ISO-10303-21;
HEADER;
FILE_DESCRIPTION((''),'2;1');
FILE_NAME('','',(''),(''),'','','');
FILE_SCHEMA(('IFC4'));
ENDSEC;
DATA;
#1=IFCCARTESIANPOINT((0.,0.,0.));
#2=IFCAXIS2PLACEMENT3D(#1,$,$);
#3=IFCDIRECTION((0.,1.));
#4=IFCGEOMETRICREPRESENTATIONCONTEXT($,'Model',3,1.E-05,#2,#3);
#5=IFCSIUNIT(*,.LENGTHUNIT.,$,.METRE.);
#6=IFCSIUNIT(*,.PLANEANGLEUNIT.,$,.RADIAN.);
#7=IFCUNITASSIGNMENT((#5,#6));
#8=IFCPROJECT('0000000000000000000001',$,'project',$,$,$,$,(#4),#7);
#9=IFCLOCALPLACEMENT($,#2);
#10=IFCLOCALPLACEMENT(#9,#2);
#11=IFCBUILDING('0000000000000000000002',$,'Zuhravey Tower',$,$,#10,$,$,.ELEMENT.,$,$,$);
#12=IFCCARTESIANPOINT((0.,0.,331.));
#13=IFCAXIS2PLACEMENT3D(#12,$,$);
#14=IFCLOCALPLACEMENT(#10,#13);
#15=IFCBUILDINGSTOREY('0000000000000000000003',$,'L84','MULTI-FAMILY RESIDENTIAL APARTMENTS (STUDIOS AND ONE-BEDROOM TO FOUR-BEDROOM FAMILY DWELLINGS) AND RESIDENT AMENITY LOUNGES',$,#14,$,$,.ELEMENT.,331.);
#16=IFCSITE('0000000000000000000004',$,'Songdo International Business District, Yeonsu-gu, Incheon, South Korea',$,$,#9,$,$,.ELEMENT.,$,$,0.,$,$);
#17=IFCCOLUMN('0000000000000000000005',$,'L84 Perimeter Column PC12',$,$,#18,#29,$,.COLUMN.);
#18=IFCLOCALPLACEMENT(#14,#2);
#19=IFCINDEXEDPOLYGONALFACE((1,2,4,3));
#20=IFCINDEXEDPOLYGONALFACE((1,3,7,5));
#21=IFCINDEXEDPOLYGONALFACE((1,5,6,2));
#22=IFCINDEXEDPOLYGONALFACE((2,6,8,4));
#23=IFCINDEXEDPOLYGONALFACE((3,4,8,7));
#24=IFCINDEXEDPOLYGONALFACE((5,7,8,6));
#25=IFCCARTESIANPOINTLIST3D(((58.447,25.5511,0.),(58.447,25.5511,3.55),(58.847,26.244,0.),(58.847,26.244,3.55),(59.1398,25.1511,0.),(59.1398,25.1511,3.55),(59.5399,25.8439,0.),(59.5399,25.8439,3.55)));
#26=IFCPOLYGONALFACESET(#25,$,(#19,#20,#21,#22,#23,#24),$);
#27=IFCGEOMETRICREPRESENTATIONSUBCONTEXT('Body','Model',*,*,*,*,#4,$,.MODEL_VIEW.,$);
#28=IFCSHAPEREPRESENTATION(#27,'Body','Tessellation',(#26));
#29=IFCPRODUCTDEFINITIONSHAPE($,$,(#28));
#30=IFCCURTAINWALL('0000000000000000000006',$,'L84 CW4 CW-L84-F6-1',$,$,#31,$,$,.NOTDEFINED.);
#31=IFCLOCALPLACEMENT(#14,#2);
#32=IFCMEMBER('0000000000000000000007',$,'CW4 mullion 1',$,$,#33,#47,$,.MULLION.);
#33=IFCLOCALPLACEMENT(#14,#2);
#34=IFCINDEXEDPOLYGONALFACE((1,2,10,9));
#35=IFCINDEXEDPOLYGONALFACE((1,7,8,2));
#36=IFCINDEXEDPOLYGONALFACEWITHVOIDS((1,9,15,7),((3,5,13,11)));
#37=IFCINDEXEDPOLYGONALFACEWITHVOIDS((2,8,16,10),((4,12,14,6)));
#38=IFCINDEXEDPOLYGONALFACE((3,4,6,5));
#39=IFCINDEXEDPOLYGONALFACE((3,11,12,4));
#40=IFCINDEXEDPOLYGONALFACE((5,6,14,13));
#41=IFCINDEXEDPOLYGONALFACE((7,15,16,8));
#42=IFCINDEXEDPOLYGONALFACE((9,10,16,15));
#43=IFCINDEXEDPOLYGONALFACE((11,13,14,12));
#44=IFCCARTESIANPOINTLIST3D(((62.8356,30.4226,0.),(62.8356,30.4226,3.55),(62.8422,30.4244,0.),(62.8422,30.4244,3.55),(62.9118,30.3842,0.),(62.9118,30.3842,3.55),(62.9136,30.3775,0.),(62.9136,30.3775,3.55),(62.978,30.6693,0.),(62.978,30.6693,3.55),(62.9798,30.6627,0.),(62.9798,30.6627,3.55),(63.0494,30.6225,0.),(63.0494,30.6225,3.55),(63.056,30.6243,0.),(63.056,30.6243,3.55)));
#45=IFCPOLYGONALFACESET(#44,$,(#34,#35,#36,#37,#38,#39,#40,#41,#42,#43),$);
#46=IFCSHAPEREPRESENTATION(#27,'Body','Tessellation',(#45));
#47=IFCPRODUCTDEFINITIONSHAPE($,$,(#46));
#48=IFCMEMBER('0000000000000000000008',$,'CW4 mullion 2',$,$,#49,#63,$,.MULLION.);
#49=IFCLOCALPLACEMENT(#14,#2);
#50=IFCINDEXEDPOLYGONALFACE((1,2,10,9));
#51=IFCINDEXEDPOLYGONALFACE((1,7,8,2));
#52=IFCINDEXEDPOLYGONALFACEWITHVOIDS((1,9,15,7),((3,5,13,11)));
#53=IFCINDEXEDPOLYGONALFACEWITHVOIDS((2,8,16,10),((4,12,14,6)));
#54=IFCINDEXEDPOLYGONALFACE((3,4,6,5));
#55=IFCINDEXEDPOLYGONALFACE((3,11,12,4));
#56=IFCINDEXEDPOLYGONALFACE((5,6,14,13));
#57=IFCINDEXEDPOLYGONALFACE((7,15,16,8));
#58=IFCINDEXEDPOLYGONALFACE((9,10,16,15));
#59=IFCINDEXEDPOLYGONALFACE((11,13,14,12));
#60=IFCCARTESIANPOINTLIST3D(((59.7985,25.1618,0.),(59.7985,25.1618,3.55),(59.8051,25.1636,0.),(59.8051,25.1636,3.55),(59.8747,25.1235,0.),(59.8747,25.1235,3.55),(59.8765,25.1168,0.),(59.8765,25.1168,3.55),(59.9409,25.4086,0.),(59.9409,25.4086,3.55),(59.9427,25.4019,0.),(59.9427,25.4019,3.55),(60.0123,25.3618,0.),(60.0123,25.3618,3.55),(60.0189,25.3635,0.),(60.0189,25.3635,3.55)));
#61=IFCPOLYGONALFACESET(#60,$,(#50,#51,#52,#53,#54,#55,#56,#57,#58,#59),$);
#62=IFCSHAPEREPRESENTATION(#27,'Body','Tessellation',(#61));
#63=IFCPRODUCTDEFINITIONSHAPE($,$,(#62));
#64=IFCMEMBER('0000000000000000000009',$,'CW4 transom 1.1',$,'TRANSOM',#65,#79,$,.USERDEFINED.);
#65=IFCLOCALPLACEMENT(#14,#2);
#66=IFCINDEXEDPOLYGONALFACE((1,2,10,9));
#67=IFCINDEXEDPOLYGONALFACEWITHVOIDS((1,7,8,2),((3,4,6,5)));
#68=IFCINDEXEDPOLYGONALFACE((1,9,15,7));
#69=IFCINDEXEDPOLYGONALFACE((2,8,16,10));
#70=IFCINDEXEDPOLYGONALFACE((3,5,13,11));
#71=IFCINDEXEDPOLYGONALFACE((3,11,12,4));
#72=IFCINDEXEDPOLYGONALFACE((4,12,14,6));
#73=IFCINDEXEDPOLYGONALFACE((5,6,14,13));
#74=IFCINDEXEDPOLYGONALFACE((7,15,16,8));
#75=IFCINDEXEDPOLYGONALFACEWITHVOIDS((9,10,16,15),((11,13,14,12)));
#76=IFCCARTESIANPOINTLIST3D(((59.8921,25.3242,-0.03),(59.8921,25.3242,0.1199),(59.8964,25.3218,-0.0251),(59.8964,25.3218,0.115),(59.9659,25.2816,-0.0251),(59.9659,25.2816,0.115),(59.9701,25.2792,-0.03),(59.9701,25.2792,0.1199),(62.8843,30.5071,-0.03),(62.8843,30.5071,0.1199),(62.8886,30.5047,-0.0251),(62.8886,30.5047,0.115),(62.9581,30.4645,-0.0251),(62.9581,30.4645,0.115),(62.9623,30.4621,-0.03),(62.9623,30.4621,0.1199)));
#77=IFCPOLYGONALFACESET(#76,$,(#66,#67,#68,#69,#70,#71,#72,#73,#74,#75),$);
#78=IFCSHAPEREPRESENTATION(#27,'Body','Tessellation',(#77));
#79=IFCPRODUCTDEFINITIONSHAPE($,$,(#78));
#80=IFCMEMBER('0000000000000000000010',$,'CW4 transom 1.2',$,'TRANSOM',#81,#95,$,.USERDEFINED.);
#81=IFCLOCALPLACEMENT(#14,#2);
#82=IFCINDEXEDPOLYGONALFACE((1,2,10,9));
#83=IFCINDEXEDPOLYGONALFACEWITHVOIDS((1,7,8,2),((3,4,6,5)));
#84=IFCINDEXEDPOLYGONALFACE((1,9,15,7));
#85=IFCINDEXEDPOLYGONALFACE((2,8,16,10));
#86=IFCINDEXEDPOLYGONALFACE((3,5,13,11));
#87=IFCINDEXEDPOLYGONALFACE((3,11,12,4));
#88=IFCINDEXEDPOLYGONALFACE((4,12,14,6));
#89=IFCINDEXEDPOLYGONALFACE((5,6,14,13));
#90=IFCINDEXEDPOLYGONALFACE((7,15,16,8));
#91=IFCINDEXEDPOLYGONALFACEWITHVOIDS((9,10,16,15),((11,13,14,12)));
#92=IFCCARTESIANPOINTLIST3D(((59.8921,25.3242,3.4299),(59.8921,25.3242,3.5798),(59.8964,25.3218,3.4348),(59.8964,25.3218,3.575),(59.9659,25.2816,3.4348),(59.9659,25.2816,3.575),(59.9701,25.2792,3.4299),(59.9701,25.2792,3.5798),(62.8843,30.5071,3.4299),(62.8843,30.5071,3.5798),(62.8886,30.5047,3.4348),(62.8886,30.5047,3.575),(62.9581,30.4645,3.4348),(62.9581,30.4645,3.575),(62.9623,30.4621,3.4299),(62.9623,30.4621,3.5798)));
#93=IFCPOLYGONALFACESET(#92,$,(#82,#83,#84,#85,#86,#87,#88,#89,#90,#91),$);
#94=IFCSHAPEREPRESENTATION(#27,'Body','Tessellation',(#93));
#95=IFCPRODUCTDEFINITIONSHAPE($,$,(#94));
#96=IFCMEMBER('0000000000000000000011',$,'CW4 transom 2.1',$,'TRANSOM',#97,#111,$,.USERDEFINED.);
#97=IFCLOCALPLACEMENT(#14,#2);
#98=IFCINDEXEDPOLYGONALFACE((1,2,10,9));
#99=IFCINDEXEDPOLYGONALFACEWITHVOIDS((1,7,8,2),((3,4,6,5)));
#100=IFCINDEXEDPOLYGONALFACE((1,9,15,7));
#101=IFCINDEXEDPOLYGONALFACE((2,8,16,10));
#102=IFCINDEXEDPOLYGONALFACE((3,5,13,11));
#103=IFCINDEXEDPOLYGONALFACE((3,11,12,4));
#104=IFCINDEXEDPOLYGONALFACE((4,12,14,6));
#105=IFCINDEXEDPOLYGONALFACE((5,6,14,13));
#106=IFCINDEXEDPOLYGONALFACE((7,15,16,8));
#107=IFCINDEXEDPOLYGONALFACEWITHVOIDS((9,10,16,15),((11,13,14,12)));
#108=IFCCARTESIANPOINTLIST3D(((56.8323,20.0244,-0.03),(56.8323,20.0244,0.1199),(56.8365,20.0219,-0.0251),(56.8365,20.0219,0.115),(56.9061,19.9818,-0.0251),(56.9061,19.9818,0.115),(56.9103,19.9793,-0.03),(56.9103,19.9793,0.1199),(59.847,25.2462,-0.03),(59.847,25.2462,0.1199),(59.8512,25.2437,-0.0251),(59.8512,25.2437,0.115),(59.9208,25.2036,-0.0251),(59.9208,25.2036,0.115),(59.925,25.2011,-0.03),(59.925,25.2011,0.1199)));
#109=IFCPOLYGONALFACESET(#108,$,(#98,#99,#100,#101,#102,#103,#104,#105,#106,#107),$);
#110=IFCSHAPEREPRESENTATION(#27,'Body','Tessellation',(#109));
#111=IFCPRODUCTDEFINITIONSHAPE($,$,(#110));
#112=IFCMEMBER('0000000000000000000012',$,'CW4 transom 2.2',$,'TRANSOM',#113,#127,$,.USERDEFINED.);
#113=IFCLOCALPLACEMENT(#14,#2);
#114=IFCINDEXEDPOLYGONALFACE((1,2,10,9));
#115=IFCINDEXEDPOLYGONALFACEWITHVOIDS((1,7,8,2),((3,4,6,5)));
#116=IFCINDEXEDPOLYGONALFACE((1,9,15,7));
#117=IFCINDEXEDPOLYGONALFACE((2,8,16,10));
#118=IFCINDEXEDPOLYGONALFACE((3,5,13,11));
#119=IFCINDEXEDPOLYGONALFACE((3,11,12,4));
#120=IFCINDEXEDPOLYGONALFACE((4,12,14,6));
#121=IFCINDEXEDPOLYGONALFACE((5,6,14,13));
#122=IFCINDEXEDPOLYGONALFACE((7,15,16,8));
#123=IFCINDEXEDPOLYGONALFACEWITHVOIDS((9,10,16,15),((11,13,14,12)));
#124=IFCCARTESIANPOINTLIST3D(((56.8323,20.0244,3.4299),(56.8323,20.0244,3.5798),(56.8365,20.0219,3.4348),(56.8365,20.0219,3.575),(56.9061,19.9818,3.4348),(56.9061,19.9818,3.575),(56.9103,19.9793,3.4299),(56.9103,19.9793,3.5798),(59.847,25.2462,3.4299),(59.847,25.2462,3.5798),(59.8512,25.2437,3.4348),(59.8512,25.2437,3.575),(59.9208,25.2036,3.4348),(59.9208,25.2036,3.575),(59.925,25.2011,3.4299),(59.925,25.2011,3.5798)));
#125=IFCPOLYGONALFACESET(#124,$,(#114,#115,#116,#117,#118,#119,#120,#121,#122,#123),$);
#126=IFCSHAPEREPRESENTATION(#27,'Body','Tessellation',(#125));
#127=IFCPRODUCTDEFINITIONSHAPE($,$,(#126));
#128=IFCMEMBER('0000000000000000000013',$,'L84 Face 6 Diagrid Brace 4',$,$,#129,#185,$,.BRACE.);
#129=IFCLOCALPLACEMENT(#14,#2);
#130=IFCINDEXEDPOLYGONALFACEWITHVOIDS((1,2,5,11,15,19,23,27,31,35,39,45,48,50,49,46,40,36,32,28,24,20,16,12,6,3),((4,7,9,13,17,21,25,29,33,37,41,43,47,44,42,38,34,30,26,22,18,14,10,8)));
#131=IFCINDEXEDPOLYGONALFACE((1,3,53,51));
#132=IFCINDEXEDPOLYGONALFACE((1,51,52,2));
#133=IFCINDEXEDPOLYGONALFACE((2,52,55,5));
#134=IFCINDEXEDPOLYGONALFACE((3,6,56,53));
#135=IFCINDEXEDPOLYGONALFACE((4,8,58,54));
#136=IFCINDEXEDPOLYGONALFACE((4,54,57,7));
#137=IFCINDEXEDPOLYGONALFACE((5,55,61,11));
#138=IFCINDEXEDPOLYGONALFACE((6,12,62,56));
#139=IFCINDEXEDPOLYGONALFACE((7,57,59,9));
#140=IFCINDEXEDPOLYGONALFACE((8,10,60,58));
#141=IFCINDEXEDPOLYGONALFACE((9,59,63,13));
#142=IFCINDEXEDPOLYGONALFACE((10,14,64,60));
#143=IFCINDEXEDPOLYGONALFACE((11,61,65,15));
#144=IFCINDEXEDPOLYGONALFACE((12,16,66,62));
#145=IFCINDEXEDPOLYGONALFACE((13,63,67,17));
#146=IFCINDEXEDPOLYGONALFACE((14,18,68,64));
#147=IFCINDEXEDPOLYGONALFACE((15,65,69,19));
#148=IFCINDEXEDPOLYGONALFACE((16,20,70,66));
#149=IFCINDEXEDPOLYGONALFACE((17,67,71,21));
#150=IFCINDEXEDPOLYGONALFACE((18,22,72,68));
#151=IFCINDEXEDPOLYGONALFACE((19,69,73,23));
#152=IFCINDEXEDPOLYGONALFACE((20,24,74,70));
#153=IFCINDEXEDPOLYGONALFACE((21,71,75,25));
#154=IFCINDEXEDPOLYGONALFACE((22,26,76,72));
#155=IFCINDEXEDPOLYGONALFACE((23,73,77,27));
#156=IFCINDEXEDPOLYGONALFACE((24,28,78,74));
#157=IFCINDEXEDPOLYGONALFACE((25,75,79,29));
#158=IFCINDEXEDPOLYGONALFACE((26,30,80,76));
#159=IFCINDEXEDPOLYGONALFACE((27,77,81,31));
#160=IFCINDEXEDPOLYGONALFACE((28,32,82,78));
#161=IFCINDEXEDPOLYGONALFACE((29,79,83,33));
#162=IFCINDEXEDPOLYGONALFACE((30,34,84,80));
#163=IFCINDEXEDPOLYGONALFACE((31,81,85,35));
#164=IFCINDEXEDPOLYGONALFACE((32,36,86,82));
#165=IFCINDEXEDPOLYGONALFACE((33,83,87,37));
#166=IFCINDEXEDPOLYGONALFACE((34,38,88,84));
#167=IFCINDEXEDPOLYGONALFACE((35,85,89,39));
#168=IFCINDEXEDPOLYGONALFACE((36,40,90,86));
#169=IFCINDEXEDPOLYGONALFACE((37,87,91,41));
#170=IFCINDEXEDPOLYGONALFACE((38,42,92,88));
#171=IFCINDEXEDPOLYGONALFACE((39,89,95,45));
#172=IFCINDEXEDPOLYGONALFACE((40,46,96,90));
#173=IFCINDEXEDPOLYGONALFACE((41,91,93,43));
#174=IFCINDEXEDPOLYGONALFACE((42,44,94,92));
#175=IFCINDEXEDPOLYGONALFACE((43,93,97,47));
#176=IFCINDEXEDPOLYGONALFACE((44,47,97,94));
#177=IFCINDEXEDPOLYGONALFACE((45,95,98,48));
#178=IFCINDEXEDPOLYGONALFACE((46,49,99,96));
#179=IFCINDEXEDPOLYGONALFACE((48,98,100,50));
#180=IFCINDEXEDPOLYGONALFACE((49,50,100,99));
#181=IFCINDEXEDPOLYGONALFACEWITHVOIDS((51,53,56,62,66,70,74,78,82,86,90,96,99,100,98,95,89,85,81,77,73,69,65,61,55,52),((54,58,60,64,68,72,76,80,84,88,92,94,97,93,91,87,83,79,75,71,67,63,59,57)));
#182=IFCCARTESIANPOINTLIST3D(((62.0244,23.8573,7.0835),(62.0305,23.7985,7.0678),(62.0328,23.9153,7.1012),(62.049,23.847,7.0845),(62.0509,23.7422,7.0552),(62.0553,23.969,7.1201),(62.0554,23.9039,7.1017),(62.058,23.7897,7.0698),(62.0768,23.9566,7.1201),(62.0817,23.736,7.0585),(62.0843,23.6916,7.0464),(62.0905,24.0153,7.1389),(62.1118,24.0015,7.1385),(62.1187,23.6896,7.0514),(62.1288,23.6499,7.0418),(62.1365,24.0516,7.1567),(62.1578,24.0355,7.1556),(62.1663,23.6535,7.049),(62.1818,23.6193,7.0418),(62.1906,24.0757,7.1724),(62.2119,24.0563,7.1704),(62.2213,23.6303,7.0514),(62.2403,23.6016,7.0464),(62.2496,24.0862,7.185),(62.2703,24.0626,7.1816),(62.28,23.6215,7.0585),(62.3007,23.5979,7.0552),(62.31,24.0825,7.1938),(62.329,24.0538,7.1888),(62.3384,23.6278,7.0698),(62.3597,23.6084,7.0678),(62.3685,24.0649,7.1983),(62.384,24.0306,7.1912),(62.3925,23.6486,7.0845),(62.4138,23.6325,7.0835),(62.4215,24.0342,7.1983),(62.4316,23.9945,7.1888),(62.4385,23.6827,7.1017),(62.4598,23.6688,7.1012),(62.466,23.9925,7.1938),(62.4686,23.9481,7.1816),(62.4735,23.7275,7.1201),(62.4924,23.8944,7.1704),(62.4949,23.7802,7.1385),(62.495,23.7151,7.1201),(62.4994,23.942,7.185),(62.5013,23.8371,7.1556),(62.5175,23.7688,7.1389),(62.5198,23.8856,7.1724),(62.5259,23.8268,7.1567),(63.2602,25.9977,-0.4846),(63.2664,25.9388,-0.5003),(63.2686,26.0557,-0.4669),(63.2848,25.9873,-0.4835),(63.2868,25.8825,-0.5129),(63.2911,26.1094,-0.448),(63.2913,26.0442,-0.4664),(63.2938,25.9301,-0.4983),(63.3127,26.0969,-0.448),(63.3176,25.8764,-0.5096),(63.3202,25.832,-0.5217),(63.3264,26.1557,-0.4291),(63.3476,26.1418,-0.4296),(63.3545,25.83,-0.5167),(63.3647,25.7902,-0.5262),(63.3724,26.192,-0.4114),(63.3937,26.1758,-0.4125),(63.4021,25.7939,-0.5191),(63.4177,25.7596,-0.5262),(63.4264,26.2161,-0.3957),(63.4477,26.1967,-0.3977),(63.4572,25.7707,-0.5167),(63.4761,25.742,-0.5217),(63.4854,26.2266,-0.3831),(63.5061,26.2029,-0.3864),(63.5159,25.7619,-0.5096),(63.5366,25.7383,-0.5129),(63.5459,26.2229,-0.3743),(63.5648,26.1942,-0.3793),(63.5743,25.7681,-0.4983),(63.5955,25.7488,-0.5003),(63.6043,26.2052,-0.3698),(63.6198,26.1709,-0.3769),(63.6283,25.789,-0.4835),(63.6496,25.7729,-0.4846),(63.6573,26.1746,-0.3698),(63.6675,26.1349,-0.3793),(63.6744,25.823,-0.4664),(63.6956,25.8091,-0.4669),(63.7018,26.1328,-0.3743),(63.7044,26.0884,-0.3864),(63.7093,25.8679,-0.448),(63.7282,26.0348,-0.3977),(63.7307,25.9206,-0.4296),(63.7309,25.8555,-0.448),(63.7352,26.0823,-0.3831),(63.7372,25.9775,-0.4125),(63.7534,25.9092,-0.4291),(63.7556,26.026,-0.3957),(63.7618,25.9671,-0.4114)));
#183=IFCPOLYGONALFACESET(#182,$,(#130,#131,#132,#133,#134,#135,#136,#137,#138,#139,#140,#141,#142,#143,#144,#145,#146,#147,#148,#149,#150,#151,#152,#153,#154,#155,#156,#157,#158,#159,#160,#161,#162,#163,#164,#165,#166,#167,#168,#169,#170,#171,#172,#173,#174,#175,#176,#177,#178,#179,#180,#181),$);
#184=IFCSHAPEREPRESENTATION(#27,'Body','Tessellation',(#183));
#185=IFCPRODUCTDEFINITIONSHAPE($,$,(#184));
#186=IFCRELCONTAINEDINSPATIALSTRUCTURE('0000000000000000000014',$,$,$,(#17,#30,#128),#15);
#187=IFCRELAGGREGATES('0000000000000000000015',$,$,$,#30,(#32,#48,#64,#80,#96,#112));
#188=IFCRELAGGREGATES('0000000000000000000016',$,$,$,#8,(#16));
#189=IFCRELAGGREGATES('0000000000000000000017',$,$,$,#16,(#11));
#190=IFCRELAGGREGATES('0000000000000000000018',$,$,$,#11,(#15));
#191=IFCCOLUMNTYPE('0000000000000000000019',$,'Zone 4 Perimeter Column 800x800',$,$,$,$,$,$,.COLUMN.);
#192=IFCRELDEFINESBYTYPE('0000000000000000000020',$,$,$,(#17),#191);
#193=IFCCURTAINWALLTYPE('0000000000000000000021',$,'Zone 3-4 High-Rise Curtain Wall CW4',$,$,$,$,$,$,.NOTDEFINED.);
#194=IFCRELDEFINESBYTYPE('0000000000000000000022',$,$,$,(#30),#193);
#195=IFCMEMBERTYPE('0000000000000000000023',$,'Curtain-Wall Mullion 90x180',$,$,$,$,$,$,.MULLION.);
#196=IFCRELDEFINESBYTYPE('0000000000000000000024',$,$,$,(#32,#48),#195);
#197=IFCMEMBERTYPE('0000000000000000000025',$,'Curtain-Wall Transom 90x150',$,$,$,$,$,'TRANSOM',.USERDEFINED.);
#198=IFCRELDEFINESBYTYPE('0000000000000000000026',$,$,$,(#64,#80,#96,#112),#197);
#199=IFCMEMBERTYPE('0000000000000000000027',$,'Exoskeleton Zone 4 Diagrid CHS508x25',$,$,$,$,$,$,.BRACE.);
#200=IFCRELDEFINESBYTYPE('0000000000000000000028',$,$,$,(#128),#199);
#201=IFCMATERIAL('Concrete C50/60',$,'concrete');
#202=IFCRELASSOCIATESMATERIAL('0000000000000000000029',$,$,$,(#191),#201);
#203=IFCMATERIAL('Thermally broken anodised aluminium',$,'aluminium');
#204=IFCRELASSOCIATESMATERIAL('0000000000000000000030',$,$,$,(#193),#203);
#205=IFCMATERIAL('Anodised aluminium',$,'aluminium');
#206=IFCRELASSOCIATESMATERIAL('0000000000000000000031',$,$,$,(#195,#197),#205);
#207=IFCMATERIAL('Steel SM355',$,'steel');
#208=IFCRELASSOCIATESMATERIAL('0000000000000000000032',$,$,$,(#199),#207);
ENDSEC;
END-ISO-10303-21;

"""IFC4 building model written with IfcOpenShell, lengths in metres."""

from ifc_helpers import new_model, si_unit, direction, frame, origin, origin_2d, place, context, subcontext, project, spatial, rectangle, hollow_rectangle, hollow_circle, extrude, material, material_profile, profile_set, type_object, element, aggregate, save


model = new_model("IFC4")

# Units and contexts
model_context = context("Model", 3, precision=1e-05, world=origin(), true_north=direction((0.0, 1.0)))
body_context = subcontext(model_context, "Body", "Model", "MODEL_VIEW")
ifc_project = project(units=[si_unit("LENGTHUNIT", "METRE"), si_unit("PLANEANGLEUNIT", "RADIAN")], contexts=[model_context])

# Site, building, storey
site_placement = place(None, origin())
site = spatial("IfcSite", under=ifc_project, at=site_placement, Name="Songdo International Business District, Yeonsu-gu, Incheon, South Korea", CompositionType="ELEMENT", RefElevation=0.0)
building_placement = place(site_placement, origin())
building = spatial("IfcBuilding", under=site, at=building_placement, Name="Zuhravey Tower", CompositionType="ELEMENT")
storey_placement = place(building_placement, frame((0.0, 0.0, 331.0)))
storey = spatial("IfcBuildingStorey", under=building, at=storey_placement, Name="L84", Description="MULTI-FAMILY RESIDENTIAL APARTMENTS (STUDIOS AND ONE-BEDROOM TO FOUR-BEDROOM FAMILY DWELLINGS) AND RESIDENT AMENITY LOUNGES", CompositionType="ELEMENT", Elevation=331.0)

# Column
ifc_material_1 = material(Name="Concrete C50/60", Category="concrete")
ifc_material_profile_1 = material_profile(ifc_material_1, rectangle(XDim=0.8, YDim=0.8, at=origin_2d()), Name="RC-800x800")
ifc_profile_set_1 = profile_set([ifc_material_profile_1], Name="Concrete C50/60")
column_type = type_object("IfcColumnType", Name="Zone 4 Perimeter Column 800x800", PredefinedType="COLUMN", material=ifc_profile_set_1)
column_placement = place(storey_placement, frame((58.9934, 25.6975, 0.0), z_axis=(0.0, 0.0, 1.0), x_axis=(0.5, 0.866025, 0.0)))
element("IfcColumn", 1, at=column_placement, inside=storey, type_object=column_type, Name="L84 Perimeter Column PC12", PredefinedType="COLUMN", context=body_context, shape_type="SweptSolid", body=[
    extrude(rectangle(XDim=0.8, YDim=0.8, at=origin_2d()), origin(), (0.0, 0.0, 1.0), 3.55),
])

# Curtain wall, members
ifc_material_2 = material(Name="Thermally broken anodised aluminium", Category="aluminium")
curtain_wall_type = type_object("IfcCurtainWallType", Name="Zone 3-4 High-Rise Curtain Wall CW4", PredefinedType="NOTDEFINED", material=ifc_material_2)
curtain_wall_placement = place(storey_placement, origin())
curtain_wall = element("IfcCurtainWall", 2, at=curtain_wall_placement, inside=storey, type_object=curtain_wall_type, Name="L84 CW4 CW-L84-F6-1", PredefinedType="NOTDEFINED")
ifc_material_3 = material(Name="Anodised aluminium", Category="aluminium")
ifc_material_profile_2 = material_profile(ifc_material_3, hollow_rectangle(XDim=0.0901, YDim=0.2849, WallThickness=0.0049, at=origin_2d()), Name="ALU-RHS-90x285x5")
ifc_profile_set_2 = profile_set([ifc_material_profile_2], Name="Anodised aluminium")
member_type_1 = type_object("IfcMemberType", Name="Curtain-Wall Mullion 90x180", PredefinedType="MULLION", material=ifc_profile_set_2)
member_1_placement = place(storey_placement, frame((62.9458, 30.5234, 0.0), z_axis=(0.0, 0.0, 1.0), x_axis=(0.866026, -0.5, 0.0)))
member_1 = element("IfcMember", 3, at=member_1_placement, type_object=member_type_1, Name="CW4 mullion 1", PredefinedType="MULLION", context=body_context, shape_type="SweptSolid", body=[
    extrude(hollow_rectangle(XDim=0.0901, YDim=0.2849, WallThickness=0.0049, at=origin_2d()), origin(), (0.0, 0.0, 1.0), 3.55),
])
member_2_placement = place(storey_placement, frame((59.9087, 25.2627, 0.0), z_axis=(0.0, 0.0, 1.0), x_axis=(0.866026, -0.5, 0.0)))
member_2 = element("IfcMember", 4, at=member_2_placement, type_object=member_type_1, Name="CW4 mullion 2", PredefinedType="MULLION", context=body_context, shape_type="SweptSolid", body=[
    extrude(hollow_rectangle(XDim=0.0901, YDim=0.2849, WallThickness=0.0049, at=origin_2d()), origin(), (0.0, 0.0, 1.0), 3.55),
])
ifc_material_profile_3 = material_profile(ifc_material_3, hollow_rectangle(XDim=0.0901, YDim=0.1499, WallThickness=0.0049, at=origin_2d()), Name="ALU-RHS-90x150x5")
ifc_profile_set_3 = profile_set([ifc_material_profile_3], Name="Anodised aluminium")
member_type_2 = type_object("IfcMemberType", Name="Curtain-Wall Transom 90x150", ElementType="TRANSOM", PredefinedType="USERDEFINED", material=ifc_profile_set_3)
member_3_placement = place(storey_placement, frame((62.9233, 30.4846, 0.0449), z_axis=(-0.499983, -0.866035, 0.0), x_axis=(0.866035, -0.499983, 0.0)))
member_3 = element("IfcMember", 5, at=member_3_placement, type_object=member_type_2, Name="CW4 transom 1.1", ObjectType="TRANSOM", PredefinedType="USERDEFINED", context=body_context, shape_type="SweptSolid", body=[
    extrude(hollow_rectangle(XDim=0.0901, YDim=0.1499, WallThickness=0.0049, at=origin_2d()), origin(), (0.0, 0.0, 1.0), 5.9846),
])
member_4_placement = place(storey_placement, frame((62.9233, 30.4846, 3.5049), z_axis=(-0.499983, -0.866035, 0.0), x_axis=(0.866035, -0.499983, 0.0)))
member_4 = element("IfcMember", 6, at=member_4_placement, type_object=member_type_2, Name="CW4 transom 1.2", ObjectType="TRANSOM", PredefinedType="USERDEFINED", context=body_context, shape_type="SweptSolid", body=[
    extrude(hollow_rectangle(XDim=0.0901, YDim=0.1499, WallThickness=0.0049, at=origin_2d()), origin(), (0.0, 0.0, 1.0), 5.9846),
])
member_5_placement = place(storey_placement, frame((59.886, 25.2236, 0.0449), z_axis=(-0.499989, -0.866032, 0.0), x_axis=(0.866032, -0.499989, 0.0)))
member_5 = element("IfcMember", 7, at=member_5_placement, type_object=member_type_2, Name="CW4 transom 2.1", ObjectType="TRANSOM", PredefinedType="USERDEFINED", context=body_context, shape_type="SweptSolid", body=[
    extrude(hollow_rectangle(XDim=0.0901, YDim=0.1499, WallThickness=0.0049, at=origin_2d()), origin(), (0.0, 0.0, 1.0), 6.0295),
])
member_6_placement = place(storey_placement, frame((59.886, 25.2236, 3.5049), z_axis=(-0.499989, -0.866032, 0.0), x_axis=(0.866032, -0.499989, 0.0)))
member_6 = element("IfcMember", 8, at=member_6_placement, type_object=member_type_2, Name="CW4 transom 2.2", ObjectType="TRANSOM", PredefinedType="USERDEFINED", context=body_context, shape_type="SweptSolid", body=[
    extrude(hollow_rectangle(XDim=0.0901, YDim=0.1499, WallThickness=0.0049, at=origin_2d()), origin(), (0.0, 0.0, 1.0), 6.0295),
])

# Member
ifc_material_4 = material(Name="Steel SM355", Category="steel")
ifc_material_profile_4 = material_profile(ifc_material_4, hollow_circle(Radius=0.2539, WallThickness=0.0249, at=origin_2d()), Name="CHS-508.0x25")
ifc_profile_set_4 = profile_set([ifc_material_profile_4], Name="Steel SM355")
member_type_3 = type_object("IfcMemberType", Name="Exoskeleton Zone 4 Diagrid CHS508x25", PredefinedType="BRACE", material=ifc_profile_set_4)
member_7_placement = place(storey_placement, frame((63.511, 25.9824, -0.448), z_axis=(-0.155228, -0.268843, 0.950593), x_axis=(0.86601, -0.500027, 0.0)))
element("IfcMember", 9, at=member_7_placement, inside=storey, type_object=member_type_3, Name="L84 Face 6 Diagrid Brace 4", PredefinedType="BRACE", context=body_context, shape_type="SweptSolid", body=[
    extrude(hollow_circle(Radius=0.2539, WallThickness=0.0249, at=origin_2d()), origin(), (0.0, 0.0, 1.0), 7.9614),
])

aggregate(curtain_wall, [member_1, member_2, member_3, member_4, member_5, member_6])

save(model, "model.ifc")
